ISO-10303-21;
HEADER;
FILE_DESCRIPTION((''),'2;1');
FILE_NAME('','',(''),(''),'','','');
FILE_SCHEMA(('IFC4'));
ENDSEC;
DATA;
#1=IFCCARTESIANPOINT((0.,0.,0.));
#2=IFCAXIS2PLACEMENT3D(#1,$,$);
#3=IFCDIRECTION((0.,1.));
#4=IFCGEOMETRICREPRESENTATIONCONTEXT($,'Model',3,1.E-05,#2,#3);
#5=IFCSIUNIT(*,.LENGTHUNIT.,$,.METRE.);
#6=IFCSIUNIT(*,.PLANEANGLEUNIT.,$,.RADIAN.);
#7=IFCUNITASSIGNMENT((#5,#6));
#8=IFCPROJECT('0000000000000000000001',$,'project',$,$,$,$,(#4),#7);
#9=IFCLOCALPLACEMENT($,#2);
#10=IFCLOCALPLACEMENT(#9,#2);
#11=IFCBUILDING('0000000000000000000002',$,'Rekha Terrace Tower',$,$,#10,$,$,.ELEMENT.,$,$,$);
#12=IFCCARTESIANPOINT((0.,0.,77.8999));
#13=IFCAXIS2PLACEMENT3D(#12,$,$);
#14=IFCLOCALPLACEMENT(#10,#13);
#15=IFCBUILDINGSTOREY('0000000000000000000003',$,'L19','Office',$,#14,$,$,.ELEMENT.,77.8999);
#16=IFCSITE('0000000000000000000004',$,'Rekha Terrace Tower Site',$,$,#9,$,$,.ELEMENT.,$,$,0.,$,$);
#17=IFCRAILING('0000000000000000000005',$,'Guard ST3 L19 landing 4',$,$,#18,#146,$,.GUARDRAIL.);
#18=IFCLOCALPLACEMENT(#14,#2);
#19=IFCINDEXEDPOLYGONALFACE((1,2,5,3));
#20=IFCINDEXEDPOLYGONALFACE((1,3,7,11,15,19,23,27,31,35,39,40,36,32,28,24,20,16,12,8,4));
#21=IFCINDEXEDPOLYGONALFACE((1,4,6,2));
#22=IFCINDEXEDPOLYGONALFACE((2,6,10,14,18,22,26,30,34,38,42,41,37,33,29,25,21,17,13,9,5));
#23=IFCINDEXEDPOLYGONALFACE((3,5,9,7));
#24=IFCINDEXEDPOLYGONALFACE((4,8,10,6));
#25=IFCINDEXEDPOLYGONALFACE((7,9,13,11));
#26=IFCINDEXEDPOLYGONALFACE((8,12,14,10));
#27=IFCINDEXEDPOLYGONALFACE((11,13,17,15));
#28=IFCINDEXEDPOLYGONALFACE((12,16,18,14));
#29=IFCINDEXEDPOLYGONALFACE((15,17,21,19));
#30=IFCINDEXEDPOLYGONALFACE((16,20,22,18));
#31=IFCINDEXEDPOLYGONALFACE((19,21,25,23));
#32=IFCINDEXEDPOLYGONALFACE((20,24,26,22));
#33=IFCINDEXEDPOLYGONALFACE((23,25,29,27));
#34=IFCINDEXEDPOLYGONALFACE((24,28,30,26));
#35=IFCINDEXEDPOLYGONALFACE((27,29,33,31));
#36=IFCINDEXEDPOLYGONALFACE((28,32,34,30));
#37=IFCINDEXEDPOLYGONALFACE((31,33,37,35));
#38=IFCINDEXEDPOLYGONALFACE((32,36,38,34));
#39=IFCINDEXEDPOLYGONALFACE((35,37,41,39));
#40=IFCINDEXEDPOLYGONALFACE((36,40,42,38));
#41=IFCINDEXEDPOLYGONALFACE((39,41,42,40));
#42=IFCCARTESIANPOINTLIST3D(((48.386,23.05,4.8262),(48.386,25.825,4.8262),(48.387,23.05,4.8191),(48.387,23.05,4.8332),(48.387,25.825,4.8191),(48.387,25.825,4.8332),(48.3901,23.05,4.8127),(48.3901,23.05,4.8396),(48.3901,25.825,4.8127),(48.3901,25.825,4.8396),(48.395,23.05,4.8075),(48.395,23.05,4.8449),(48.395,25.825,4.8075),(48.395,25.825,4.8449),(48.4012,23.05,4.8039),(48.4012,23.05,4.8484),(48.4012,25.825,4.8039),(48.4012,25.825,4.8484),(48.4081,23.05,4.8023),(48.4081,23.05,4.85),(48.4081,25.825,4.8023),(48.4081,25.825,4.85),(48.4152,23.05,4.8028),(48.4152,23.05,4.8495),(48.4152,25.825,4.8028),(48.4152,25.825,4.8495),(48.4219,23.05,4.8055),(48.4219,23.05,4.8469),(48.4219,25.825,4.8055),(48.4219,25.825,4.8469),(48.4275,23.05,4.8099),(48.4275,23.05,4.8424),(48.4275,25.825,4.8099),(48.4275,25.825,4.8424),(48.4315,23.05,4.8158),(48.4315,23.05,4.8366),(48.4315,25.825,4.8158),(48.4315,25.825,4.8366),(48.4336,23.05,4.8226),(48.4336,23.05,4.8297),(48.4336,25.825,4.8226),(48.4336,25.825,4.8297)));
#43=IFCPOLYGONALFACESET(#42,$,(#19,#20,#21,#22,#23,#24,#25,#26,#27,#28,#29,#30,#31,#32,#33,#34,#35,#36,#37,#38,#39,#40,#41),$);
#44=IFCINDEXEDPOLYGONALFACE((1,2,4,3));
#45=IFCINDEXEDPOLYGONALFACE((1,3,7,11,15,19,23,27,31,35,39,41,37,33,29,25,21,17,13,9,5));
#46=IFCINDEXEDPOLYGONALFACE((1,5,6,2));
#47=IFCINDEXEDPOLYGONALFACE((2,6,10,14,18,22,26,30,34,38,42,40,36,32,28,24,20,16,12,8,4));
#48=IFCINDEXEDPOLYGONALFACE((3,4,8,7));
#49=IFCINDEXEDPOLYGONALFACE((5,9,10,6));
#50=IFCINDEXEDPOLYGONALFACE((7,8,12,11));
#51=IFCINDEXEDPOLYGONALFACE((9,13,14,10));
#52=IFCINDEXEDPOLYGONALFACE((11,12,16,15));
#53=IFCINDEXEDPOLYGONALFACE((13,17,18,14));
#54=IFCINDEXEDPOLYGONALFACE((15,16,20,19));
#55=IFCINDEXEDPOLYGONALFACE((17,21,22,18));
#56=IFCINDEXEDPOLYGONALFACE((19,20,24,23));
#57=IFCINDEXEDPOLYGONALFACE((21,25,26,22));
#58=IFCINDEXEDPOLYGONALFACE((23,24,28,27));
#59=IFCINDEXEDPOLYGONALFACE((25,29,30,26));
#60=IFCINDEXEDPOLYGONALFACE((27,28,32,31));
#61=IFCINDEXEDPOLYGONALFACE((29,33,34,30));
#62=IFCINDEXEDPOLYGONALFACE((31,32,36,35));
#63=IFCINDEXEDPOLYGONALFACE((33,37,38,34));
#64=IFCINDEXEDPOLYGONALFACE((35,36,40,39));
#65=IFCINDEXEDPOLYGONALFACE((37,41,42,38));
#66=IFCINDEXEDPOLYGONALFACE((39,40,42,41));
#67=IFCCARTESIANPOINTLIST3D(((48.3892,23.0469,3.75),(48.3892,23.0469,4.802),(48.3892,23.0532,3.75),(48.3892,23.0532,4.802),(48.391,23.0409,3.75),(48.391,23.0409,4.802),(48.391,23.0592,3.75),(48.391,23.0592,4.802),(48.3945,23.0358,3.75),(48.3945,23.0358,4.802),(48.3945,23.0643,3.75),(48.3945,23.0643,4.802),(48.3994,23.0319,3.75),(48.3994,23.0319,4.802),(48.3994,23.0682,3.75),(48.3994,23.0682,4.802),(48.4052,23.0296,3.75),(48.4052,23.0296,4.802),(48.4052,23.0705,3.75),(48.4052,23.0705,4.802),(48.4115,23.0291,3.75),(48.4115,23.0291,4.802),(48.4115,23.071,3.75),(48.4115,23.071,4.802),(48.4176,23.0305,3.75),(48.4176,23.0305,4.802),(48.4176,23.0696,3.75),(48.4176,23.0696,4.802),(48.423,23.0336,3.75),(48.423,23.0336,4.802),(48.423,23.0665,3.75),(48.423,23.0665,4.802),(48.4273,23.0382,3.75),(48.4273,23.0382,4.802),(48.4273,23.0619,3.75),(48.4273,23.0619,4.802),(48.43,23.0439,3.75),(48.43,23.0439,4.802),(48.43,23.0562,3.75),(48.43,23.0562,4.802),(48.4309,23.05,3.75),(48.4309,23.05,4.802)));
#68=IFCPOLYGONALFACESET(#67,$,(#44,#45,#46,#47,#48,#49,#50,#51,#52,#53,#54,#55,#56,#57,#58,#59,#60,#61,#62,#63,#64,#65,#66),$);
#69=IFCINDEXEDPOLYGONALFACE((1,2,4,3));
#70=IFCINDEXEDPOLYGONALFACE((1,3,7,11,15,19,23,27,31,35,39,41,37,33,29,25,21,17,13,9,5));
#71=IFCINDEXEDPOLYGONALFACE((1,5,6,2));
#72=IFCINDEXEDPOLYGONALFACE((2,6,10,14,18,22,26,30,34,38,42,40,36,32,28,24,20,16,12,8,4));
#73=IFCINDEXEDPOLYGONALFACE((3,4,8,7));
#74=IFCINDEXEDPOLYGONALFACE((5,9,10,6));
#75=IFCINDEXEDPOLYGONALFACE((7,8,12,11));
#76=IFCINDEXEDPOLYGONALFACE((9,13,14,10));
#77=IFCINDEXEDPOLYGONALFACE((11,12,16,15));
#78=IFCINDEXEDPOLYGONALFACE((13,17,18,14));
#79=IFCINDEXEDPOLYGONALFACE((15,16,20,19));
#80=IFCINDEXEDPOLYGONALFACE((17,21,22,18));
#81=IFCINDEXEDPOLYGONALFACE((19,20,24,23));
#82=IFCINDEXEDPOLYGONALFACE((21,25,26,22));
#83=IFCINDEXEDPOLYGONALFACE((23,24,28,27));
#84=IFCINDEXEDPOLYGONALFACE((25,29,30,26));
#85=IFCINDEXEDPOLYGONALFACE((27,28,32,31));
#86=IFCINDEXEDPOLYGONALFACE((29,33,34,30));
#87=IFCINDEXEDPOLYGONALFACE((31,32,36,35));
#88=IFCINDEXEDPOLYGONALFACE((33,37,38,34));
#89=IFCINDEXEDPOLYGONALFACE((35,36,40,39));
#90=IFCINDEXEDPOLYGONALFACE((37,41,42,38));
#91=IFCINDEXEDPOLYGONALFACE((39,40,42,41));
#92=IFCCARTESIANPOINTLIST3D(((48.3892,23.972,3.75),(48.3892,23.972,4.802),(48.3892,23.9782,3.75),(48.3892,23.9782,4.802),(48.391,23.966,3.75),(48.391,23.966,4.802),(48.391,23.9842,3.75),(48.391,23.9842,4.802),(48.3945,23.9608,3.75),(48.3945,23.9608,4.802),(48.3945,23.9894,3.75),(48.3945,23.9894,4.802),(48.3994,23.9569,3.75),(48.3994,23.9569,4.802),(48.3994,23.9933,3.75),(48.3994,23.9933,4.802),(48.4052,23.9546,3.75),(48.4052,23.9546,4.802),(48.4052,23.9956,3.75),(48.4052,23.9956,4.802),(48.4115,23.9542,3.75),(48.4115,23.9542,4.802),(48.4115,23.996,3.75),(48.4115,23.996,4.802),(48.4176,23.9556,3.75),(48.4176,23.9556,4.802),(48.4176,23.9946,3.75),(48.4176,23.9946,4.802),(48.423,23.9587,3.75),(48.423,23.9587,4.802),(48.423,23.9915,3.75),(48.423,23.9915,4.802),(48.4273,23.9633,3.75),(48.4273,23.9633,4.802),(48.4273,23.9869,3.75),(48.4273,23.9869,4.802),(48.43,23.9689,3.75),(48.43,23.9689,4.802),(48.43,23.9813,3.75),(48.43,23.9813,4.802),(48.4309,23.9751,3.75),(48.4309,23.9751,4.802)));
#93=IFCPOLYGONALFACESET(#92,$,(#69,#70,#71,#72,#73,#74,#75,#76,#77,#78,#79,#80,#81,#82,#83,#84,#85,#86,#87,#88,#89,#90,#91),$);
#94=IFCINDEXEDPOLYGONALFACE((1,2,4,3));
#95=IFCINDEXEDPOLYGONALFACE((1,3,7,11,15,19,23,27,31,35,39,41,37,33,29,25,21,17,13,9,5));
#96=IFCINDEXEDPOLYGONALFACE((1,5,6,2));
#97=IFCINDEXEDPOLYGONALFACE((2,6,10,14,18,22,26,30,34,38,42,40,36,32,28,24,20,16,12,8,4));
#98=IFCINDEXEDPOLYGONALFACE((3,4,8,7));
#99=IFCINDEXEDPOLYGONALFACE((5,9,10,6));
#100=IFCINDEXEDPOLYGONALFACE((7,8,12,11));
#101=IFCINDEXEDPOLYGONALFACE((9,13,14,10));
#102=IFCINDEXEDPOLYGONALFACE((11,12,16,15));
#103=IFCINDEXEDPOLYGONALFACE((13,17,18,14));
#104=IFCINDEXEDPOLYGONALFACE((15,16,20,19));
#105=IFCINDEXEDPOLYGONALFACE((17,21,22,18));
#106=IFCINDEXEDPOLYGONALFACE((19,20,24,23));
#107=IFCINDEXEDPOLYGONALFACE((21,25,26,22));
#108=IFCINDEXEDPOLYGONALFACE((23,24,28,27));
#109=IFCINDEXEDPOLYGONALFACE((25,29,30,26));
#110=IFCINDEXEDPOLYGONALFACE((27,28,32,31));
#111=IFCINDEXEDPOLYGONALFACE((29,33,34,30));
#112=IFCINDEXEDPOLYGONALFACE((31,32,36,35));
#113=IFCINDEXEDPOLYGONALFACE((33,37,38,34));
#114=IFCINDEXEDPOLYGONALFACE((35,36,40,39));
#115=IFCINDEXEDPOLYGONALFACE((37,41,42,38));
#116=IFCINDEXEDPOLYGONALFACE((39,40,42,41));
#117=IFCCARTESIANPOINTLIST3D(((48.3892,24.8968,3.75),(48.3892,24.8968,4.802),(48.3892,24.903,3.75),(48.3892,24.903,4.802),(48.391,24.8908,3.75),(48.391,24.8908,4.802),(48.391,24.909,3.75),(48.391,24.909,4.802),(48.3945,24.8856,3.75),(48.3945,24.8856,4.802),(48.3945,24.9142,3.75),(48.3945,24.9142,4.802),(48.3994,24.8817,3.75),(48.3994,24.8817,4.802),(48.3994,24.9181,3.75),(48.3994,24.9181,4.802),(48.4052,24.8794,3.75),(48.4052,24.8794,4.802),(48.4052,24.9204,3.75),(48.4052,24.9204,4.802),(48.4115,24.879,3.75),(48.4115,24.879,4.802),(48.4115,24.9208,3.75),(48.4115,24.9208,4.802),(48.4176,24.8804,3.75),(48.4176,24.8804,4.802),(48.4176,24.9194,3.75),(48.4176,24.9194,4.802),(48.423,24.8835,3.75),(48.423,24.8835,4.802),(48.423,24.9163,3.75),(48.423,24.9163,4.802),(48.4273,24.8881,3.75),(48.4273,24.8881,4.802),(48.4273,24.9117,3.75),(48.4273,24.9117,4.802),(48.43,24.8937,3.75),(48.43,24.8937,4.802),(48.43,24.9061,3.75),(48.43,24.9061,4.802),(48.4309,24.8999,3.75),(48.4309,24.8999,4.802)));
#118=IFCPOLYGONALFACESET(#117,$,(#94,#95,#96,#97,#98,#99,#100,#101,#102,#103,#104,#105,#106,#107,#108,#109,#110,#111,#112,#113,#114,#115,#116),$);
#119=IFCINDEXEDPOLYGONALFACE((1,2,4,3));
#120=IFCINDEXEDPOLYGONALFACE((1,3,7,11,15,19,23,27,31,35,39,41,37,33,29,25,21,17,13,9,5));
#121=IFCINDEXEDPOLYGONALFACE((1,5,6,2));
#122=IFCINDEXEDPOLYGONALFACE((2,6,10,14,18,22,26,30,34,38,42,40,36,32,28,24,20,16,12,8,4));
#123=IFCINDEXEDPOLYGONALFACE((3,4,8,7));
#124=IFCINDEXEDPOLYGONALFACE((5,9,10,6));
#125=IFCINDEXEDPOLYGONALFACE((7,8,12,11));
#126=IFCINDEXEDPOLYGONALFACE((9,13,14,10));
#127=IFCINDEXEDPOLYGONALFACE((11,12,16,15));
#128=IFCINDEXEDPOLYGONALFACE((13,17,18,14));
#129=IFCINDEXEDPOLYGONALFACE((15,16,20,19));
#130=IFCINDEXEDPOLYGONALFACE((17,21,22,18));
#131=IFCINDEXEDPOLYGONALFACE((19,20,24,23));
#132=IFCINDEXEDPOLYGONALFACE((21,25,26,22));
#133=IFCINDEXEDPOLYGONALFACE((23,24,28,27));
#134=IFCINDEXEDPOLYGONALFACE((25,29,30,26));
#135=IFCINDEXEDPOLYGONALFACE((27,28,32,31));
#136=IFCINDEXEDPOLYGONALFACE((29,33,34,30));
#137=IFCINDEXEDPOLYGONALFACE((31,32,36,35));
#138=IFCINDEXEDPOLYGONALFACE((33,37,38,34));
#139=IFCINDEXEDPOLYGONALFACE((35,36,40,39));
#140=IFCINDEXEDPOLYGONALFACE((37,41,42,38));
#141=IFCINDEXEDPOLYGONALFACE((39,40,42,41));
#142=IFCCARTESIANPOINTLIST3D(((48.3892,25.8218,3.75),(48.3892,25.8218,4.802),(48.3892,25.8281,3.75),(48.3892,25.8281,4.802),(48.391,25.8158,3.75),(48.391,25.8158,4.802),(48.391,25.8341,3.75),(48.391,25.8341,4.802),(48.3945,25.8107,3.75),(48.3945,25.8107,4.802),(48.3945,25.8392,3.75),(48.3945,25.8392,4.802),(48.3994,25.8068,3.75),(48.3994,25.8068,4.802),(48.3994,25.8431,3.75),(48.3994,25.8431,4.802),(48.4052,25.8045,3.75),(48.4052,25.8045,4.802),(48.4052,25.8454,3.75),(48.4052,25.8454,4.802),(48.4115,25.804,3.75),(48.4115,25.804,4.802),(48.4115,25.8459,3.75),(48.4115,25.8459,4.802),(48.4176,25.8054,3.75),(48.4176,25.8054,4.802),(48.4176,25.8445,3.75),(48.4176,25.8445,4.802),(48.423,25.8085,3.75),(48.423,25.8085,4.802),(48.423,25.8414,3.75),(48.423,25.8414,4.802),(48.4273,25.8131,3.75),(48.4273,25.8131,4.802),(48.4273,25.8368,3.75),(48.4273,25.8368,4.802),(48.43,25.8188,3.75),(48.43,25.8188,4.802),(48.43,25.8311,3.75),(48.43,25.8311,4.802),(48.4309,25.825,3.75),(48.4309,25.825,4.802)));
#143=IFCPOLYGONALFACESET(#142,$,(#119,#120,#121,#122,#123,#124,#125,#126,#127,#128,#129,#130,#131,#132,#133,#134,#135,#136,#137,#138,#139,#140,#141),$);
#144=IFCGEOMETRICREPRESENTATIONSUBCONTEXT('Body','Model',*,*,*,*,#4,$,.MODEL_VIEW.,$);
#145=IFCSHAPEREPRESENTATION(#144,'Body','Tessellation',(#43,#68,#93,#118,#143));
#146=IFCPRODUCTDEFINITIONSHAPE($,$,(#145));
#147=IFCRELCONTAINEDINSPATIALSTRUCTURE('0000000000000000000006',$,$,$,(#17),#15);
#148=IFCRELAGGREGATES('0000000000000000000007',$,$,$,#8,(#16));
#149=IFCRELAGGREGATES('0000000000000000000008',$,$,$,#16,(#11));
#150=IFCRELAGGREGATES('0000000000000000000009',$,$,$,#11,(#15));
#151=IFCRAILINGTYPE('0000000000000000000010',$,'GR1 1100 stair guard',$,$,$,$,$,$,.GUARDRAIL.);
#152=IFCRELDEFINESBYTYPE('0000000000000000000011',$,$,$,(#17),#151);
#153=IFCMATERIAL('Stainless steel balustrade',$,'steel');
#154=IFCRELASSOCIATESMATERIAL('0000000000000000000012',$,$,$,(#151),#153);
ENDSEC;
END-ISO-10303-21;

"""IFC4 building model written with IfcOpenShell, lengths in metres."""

from ifc_helpers import new_model, si_unit, direction, frame, origin, origin_2d, place, context, subcontext, project, spatial, circle, extrude, material, type_object, element, save


model = new_model("IFC4")

# Units and contexts
model_context = context("Model", 3, precision=1e-05, world=origin(), true_north=direction((0.0, 1.0)))
body_context = subcontext(model_context, "Body", "Model", "MODEL_VIEW")
ifc_project = project(units=[si_unit("LENGTHUNIT", "METRE"), si_unit("PLANEANGLEUNIT", "RADIAN")], contexts=[model_context])

# Site, building, storey
site_placement = place(None, origin())
site = spatial("IfcSite", under=ifc_project, at=site_placement, Name="Rekha Terrace Tower Site", CompositionType="ELEMENT", RefElevation=0.0)
building_placement = place(site_placement, origin())
building = spatial("IfcBuilding", under=site, at=building_placement, Name="Rekha Terrace Tower", CompositionType="ELEMENT")
storey_placement = place(building_placement, frame((0.0, 0.0, 77.8999)))
storey = spatial("IfcBuildingStorey", under=building, at=storey_placement, Name="L19", Description="Office", CompositionType="ELEMENT", Elevation=77.8999)

# Railing
ifc_material_1 = material(Name="Stainless steel balustrade", Category="steel")
railing_type_1 = type_object("IfcRailingType", Name="GR1 1100 stair guard", PredefinedType="GUARDRAIL", material=ifc_material_1)
railing_1_placement = place(storey_placement, frame((48.4099, 23.05, 3.75)))
element("IfcRailing", 1, at=railing_1_placement, inside=storey, type_object=railing_type_1, Name="Guard ST3 L19 landing 4", PredefinedType="GUARDRAIL", context=body_context, shape_type="SweptSolid", body=[
    extrude(circle(Radius=0.0239, at=origin_2d()), frame((0.0, 0.0, 1.0762), z_axis=(0.0, 1.0, 0.0), x_axis=(-1.0, 0.0, 0.0)), (0.0, 0.0, 1.0), 2.7749),
    extrude(circle(Radius=0.021, at=origin_2d()), origin(), (0.0, 0.0, 1.0), 1.052),
    extrude(circle(Radius=0.021, at=origin_2d()), frame((0.0, 0.925, 0.0)), (0.0, 0.0, 1.0), 1.052),
    extrude(circle(Radius=0.021, at=origin_2d()), frame((0.0, 1.8499, 0.0)), (0.0, 0.0, 1.0), 1.052),
    extrude(circle(Radius=0.021, at=origin_2d()), frame((0.0, 2.7749, 0.0)), (0.0, 0.0, 1.0), 1.052),
])

save(model, "model.ifc")
